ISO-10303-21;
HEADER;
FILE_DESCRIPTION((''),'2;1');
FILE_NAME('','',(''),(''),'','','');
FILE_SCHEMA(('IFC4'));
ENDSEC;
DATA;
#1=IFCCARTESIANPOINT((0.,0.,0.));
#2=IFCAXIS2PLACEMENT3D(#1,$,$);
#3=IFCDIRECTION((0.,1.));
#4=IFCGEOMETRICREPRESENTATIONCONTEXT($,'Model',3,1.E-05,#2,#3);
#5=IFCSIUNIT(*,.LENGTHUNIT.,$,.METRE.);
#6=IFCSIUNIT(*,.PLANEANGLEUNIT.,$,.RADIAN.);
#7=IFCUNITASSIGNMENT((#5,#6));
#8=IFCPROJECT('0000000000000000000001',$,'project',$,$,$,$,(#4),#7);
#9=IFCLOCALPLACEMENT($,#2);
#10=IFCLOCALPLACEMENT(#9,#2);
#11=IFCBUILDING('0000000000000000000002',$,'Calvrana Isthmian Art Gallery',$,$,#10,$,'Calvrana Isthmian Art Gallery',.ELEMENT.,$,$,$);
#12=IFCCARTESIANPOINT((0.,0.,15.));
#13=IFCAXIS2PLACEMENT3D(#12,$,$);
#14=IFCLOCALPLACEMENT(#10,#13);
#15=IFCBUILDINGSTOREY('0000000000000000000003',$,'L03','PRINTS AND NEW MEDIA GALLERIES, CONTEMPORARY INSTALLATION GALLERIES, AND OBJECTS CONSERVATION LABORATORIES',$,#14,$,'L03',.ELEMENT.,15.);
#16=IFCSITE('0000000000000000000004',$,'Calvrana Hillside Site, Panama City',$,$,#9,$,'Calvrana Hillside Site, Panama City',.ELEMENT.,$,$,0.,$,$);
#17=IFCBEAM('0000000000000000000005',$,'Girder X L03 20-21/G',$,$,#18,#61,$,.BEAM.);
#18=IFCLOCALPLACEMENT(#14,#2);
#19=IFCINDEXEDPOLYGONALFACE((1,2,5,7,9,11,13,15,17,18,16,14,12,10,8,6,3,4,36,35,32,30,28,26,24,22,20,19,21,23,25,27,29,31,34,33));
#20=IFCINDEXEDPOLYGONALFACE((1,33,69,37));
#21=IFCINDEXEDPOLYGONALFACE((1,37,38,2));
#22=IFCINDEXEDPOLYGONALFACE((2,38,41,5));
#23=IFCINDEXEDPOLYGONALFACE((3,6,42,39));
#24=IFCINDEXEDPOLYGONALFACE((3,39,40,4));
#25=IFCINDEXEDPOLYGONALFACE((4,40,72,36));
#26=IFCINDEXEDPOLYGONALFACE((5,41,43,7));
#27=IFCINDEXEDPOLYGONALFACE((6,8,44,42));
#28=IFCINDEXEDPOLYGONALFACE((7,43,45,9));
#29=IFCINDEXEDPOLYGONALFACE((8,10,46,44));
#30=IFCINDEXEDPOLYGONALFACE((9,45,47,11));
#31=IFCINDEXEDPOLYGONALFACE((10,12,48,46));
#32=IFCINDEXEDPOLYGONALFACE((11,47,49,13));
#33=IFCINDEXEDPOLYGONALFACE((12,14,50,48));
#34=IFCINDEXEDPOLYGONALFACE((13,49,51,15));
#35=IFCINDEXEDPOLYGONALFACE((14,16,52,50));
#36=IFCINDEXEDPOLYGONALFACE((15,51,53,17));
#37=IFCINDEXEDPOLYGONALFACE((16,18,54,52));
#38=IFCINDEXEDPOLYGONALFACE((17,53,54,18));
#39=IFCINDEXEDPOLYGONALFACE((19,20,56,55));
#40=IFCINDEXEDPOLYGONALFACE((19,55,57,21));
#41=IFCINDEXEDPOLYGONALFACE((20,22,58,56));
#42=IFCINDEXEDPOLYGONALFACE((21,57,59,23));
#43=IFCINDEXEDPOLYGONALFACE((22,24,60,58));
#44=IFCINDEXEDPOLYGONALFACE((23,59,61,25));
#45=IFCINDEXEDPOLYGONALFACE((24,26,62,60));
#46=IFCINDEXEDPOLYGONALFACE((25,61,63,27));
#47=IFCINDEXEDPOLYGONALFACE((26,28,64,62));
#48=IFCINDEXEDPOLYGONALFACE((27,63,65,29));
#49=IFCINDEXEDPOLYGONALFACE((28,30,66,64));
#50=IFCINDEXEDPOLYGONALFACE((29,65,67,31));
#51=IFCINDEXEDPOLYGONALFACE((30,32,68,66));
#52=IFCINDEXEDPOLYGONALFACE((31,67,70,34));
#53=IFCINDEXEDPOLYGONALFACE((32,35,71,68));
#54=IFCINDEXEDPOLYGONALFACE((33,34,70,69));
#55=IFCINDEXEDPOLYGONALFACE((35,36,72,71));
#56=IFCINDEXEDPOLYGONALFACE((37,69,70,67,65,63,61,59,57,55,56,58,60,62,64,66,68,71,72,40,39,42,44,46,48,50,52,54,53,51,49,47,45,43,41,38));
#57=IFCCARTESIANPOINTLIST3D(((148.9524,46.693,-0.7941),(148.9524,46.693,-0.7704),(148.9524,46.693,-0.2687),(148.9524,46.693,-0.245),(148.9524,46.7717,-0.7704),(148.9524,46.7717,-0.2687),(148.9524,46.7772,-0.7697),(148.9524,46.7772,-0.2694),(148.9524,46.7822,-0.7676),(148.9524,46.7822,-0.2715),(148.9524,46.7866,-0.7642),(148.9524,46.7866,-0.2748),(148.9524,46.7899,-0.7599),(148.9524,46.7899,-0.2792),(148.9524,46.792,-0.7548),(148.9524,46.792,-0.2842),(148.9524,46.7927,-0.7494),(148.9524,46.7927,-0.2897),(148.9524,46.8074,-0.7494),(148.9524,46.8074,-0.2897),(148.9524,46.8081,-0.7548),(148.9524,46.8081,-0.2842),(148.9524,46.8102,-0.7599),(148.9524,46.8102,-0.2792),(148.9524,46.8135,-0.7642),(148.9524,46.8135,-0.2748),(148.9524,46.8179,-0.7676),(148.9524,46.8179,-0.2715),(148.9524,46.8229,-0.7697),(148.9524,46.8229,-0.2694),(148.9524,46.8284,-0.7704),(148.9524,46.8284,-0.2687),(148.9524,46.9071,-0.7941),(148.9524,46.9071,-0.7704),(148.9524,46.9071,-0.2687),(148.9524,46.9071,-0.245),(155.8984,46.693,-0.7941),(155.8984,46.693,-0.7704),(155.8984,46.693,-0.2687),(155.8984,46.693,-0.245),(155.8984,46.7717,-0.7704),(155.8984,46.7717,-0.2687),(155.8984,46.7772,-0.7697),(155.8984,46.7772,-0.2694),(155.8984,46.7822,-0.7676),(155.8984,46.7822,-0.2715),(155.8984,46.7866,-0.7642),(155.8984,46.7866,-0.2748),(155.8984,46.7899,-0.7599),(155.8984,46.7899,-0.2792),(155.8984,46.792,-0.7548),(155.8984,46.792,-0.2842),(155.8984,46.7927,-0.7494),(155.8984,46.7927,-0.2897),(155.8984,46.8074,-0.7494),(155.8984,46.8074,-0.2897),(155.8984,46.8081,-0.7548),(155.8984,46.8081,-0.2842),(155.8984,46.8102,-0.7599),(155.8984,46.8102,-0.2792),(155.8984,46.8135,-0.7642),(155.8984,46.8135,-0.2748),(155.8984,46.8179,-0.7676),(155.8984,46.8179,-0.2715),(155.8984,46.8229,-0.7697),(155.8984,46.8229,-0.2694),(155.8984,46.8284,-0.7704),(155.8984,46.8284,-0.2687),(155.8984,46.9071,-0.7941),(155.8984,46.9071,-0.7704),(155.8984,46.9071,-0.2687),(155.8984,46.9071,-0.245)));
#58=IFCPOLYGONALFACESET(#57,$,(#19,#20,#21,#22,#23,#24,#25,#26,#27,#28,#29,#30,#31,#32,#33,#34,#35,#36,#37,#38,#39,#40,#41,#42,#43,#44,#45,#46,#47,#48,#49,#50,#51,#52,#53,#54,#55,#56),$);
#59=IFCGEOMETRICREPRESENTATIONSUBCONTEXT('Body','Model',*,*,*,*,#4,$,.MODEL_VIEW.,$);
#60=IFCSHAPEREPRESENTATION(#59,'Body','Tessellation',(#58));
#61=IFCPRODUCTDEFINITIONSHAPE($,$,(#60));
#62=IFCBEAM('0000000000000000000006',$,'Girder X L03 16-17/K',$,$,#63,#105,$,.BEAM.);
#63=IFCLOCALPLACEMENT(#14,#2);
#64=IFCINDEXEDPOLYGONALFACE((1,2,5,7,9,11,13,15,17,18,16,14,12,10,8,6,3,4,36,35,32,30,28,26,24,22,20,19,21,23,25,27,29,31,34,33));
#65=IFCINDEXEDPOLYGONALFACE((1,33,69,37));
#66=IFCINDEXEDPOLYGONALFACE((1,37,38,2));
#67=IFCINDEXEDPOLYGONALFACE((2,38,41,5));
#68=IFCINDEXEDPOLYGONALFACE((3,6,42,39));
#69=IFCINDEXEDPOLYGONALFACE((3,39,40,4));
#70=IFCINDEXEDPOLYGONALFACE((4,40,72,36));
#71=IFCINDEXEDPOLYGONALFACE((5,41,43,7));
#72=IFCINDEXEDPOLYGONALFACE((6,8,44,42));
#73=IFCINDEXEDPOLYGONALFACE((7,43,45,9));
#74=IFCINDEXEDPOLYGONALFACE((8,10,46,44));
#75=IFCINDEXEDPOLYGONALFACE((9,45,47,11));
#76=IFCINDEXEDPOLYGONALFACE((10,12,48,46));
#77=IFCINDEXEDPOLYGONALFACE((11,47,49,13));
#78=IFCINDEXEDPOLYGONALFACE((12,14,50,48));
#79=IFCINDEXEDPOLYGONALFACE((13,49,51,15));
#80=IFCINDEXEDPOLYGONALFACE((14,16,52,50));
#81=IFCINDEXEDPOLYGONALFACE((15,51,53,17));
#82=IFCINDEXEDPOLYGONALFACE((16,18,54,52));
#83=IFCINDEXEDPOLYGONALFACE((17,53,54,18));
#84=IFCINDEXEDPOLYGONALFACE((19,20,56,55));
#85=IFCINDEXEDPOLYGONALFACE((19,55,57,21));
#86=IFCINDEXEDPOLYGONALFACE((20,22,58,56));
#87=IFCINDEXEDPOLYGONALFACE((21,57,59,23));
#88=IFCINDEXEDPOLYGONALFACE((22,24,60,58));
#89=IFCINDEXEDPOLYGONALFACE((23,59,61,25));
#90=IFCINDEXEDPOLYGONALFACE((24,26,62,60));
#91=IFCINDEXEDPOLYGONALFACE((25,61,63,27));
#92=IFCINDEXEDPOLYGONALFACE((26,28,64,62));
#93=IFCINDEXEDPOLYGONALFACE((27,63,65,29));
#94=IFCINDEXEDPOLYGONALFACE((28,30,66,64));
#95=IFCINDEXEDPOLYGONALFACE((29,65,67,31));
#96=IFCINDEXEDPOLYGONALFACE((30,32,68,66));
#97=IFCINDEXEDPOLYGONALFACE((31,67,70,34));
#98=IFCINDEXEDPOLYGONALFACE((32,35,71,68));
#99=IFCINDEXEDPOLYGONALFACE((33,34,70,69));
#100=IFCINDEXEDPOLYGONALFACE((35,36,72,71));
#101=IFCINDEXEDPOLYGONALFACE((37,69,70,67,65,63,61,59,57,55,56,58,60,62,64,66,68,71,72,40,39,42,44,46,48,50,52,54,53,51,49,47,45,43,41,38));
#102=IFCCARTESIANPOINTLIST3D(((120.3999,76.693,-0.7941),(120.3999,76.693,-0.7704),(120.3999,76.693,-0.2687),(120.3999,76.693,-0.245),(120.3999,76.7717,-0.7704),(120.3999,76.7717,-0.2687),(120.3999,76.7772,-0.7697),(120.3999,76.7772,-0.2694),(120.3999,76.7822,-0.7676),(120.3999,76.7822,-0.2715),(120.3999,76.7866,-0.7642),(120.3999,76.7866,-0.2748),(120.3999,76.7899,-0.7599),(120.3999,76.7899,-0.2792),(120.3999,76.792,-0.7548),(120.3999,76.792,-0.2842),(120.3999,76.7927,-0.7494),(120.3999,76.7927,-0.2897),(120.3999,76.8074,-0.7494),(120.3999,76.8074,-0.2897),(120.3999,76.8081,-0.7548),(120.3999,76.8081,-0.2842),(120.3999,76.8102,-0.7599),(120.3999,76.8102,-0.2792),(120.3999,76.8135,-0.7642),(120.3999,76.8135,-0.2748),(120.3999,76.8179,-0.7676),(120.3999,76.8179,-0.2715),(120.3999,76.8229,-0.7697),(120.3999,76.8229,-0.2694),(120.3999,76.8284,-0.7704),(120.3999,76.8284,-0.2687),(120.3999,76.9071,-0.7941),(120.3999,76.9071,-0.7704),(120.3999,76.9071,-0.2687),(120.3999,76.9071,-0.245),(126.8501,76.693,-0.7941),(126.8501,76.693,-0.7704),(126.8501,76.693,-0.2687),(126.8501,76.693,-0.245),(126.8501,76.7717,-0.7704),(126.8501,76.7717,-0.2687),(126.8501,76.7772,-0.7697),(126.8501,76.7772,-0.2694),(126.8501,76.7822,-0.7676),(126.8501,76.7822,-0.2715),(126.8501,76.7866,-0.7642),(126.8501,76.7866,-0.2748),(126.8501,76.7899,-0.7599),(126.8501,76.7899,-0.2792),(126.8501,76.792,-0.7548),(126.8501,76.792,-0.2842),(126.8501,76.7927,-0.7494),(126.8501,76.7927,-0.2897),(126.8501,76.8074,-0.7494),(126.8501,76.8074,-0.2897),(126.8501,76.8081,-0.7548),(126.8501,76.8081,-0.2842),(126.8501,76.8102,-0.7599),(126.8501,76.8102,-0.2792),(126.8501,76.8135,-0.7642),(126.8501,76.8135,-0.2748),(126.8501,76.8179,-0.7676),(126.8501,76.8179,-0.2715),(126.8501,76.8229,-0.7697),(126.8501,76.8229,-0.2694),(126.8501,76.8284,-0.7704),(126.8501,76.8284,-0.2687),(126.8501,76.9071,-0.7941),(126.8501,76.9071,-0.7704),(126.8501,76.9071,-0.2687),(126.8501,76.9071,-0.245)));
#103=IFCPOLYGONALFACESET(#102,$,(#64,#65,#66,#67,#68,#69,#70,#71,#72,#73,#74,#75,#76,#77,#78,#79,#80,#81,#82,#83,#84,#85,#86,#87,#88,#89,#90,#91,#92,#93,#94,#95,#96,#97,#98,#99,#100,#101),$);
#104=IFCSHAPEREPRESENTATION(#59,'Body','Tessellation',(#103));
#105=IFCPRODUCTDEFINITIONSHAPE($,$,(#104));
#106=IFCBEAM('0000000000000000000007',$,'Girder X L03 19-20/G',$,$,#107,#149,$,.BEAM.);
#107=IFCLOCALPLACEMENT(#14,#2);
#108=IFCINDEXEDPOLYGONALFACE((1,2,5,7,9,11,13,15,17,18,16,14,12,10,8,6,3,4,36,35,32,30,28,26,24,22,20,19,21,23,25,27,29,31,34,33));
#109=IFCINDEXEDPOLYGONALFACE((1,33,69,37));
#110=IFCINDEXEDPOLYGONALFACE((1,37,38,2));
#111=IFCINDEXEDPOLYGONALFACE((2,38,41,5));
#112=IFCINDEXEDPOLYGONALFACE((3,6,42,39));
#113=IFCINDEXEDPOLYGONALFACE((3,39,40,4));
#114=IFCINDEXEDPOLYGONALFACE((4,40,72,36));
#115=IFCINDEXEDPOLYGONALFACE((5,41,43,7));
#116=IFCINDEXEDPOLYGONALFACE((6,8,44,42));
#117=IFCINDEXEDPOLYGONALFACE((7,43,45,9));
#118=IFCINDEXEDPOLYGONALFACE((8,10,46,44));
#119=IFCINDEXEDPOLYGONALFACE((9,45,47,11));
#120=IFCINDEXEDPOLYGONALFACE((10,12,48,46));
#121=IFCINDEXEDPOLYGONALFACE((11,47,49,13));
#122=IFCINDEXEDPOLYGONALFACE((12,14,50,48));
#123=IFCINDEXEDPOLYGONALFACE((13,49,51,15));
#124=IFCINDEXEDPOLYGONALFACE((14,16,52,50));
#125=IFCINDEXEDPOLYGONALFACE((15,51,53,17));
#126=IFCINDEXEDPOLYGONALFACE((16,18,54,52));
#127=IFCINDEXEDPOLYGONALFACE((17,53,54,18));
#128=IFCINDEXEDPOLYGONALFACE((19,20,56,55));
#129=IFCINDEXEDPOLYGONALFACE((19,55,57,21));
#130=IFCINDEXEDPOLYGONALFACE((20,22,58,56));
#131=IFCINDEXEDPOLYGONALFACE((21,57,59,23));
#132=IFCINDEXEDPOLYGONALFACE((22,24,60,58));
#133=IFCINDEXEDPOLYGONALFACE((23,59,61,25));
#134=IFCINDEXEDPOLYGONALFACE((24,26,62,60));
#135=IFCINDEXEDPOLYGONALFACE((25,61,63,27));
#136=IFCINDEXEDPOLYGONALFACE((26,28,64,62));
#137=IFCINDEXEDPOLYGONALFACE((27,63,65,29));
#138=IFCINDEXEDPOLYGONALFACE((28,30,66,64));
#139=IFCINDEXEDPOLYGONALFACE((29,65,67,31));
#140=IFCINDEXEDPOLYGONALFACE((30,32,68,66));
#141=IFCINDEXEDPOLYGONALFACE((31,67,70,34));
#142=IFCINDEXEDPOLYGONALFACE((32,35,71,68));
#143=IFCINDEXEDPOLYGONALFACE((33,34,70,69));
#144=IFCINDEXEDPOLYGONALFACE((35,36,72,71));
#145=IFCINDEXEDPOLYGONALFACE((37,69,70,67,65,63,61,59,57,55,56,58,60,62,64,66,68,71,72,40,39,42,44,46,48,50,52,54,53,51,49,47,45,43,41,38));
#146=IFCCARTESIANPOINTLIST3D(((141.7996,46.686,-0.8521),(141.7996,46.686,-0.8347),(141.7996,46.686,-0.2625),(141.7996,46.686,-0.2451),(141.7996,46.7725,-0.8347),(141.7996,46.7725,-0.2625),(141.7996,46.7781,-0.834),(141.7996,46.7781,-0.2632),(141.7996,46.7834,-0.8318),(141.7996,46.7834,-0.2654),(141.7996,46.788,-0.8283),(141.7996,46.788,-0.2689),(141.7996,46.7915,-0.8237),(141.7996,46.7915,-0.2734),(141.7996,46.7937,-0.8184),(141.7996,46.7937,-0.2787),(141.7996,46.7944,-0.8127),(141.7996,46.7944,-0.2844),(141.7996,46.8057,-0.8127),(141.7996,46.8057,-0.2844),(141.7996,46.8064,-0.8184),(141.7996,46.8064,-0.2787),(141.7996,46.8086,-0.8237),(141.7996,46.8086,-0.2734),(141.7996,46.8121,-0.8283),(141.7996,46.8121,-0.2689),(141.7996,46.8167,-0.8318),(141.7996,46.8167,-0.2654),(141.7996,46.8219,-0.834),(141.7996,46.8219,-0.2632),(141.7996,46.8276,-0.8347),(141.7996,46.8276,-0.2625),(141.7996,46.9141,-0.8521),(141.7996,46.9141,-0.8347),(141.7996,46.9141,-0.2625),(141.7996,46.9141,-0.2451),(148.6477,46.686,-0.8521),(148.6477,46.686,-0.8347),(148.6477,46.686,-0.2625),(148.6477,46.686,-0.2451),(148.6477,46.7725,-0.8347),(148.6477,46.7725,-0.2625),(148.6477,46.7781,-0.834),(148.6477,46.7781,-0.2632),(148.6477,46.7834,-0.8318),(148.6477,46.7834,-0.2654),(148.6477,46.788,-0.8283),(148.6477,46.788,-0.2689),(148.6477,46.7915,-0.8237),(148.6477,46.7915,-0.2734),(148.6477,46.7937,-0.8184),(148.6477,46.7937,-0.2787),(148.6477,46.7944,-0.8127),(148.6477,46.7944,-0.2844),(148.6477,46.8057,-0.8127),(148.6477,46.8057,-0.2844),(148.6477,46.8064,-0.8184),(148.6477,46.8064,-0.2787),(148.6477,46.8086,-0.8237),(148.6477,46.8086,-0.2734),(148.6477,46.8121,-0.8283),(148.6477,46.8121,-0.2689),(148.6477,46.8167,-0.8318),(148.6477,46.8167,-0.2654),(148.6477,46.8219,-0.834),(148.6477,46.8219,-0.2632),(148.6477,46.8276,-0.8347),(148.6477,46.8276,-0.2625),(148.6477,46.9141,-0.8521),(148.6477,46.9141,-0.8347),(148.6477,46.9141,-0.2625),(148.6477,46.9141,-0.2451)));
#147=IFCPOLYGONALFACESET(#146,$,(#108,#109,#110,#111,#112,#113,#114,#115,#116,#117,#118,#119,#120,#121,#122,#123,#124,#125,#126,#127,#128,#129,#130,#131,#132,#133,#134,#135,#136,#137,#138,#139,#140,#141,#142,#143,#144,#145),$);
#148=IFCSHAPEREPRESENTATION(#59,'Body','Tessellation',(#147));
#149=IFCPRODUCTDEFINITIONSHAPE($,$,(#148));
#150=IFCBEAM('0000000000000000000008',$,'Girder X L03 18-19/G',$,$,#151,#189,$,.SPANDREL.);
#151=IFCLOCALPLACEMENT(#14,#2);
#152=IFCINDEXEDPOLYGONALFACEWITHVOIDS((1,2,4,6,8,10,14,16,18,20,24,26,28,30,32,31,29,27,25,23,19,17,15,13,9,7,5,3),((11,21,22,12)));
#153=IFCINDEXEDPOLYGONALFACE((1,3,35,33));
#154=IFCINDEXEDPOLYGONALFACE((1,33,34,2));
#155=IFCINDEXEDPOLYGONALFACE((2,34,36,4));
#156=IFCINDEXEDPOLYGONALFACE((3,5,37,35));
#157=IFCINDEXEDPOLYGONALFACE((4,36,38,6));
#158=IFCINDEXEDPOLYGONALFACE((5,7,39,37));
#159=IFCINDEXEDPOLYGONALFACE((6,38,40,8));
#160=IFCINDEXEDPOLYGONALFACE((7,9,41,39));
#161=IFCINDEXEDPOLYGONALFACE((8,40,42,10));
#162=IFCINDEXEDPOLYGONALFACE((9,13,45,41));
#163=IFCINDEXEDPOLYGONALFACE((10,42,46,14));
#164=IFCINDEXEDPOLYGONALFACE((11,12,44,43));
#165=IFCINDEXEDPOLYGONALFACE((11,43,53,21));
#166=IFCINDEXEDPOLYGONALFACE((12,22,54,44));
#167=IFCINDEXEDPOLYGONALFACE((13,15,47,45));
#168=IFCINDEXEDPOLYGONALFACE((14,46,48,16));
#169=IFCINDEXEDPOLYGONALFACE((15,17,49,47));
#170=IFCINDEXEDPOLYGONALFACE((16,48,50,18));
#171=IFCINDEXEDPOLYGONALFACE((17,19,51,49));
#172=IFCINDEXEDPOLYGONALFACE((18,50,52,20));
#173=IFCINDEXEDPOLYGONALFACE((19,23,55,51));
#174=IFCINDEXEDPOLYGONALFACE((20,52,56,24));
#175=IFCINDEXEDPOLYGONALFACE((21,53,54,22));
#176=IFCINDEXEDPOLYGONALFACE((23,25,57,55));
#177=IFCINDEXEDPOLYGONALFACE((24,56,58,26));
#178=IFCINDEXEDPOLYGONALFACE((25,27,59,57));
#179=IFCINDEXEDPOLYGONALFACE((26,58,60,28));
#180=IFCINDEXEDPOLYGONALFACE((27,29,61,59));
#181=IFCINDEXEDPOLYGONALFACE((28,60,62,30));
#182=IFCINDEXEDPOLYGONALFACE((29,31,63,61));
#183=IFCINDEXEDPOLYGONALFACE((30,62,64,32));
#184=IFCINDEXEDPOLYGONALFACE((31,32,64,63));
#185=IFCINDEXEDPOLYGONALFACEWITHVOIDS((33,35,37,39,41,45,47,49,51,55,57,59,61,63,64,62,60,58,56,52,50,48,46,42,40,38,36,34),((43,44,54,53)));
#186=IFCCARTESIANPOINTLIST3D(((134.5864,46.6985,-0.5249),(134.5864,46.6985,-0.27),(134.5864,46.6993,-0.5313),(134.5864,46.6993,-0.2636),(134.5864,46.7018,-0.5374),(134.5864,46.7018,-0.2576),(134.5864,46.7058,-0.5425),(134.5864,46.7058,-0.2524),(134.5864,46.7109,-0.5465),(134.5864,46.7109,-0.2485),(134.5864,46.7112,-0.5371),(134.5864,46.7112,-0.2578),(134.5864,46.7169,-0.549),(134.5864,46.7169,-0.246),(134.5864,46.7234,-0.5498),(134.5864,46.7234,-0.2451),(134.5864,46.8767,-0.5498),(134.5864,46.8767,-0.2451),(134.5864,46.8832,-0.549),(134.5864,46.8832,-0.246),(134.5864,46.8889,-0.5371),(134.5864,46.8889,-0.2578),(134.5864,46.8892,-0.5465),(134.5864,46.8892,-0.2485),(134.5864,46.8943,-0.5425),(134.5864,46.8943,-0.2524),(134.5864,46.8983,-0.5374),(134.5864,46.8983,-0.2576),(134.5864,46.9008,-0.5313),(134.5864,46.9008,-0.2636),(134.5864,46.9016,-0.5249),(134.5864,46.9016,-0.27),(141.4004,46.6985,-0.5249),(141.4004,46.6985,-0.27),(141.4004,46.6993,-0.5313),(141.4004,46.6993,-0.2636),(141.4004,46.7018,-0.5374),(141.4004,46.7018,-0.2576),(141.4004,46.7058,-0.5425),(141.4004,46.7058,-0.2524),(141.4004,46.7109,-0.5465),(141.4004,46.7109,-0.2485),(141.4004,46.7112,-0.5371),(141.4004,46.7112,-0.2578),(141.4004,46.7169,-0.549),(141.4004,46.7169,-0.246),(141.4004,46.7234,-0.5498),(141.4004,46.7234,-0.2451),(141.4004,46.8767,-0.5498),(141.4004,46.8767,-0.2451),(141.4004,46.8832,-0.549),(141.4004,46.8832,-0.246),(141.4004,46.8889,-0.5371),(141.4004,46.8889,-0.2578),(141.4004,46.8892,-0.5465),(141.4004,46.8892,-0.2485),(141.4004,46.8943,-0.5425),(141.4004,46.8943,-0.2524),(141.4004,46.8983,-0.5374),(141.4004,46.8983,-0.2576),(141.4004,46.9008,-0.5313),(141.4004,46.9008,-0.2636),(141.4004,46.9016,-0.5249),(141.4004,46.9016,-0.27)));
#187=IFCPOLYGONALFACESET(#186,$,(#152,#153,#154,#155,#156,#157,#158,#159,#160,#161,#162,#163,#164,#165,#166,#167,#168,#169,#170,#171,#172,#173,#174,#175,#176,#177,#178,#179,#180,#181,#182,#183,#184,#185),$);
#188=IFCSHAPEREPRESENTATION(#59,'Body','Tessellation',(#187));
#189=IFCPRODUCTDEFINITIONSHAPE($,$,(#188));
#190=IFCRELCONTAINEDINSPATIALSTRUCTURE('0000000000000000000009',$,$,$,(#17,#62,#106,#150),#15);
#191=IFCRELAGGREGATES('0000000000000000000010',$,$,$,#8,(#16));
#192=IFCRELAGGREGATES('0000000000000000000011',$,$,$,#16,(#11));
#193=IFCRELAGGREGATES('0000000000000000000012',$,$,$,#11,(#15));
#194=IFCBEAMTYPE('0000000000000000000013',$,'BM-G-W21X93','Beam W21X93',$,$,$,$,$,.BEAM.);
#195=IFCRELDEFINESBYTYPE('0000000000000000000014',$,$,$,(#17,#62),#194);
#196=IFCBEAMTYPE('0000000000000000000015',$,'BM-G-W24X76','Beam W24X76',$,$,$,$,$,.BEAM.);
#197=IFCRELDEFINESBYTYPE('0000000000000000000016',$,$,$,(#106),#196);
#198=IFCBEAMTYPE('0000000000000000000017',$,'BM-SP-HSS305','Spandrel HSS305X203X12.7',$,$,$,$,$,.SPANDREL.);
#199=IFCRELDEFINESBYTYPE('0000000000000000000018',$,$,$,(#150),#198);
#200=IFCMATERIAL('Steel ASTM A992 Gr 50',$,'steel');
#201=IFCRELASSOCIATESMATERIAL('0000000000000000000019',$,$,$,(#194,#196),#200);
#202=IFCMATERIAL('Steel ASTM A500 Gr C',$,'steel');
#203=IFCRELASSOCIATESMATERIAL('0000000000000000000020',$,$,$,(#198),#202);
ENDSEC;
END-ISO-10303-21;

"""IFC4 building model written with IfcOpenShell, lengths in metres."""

from ifc_helpers import new_model, si_unit, direction, frame, origin, origin_2d, place, context, subcontext, project, spatial, hollow_rectangle, i_section, extrude, material, material_profile, profile_set, type_object, element, save


model = new_model("IFC4")

# Units and contexts
model_context = context("Model", 3, precision=1e-05, world=origin(), true_north=direction((0.0, 1.0)))
body_context = subcontext(model_context, "Body", "Model", "MODEL_VIEW")
ifc_project = project(units=[si_unit("LENGTHUNIT", "METRE"), si_unit("PLANEANGLEUNIT", "RADIAN")], contexts=[model_context])

# Site, building, storey
site_placement = place(None, origin())
site = spatial("IfcSite", under=ifc_project, at=site_placement, Name="Calvrana Hillside Site, Panama City", LongName="Calvrana Hillside Site, Panama City", CompositionType="ELEMENT", RefElevation=0.0)
building_placement = place(site_placement, origin())
building = spatial("IfcBuilding", under=site, at=building_placement, Name="Calvrana Isthmian Art Gallery", LongName="Calvrana Isthmian Art Gallery", CompositionType="ELEMENT")
storey_placement = place(building_placement, frame((0.0, 0.0, 15.0)))
storey = spatial("IfcBuildingStorey", under=building, at=storey_placement, Name="L03", Description="PRINTS AND NEW MEDIA GALLERIES, CONTEMPORARY INSTALLATION GALLERIES, AND OBJECTS CONSERVATION LABORATORIES", LongName="L03", CompositionType="ELEMENT", Elevation=15.0)

# Shared definitions
ifc_material_1 = material(Name="Steel ASTM A992 Gr 50", Category="steel")

# Beams
ifc_material_profile_1 = material_profile(ifc_material_1, i_section(OverallWidth=0.2141, OverallDepth=0.5491, WebThickness=0.0146, FlangeThickness=0.0237, FilletRadius=0.021, at=origin_2d()), Name="W21X93")
ifc_profile_set_1 = profile_set([ifc_material_profile_1], Name="Steel ASTM A992 Gr 50")
beam_type_1 = type_object("IfcBeamType", Name="BM-G-W21X93", Description="Beam W21X93", PredefinedType="BEAM", material=ifc_profile_set_1)
beam_1_placement = place(storey_placement, frame((148.9524, 46.8, -0.5195), z_axis=(1.0, 0.0, 0.0), x_axis=(0.0, 1.0, 0.0)))
element("IfcBeam", 1, at=beam_1_placement, inside=storey, type_object=beam_type_1, Name="Girder X L03 20-21/G", PredefinedType="BEAM", context=body_context, shape_type="SweptSolid", body=[
    extrude(i_section(OverallWidth=0.2141, OverallDepth=0.5491, WebThickness=0.0146, FlangeThickness=0.0237, FilletRadius=0.021, at=origin_2d()), origin(), (0.0, 0.0, 1.0), 6.946),
])
beam_2_placement = place(storey_placement, frame((120.3999, 76.8, -0.5195), z_axis=(1.0, 0.0, 0.0), x_axis=(0.0, 1.0, 0.0)))
element("IfcBeam", 2, at=beam_2_placement, inside=storey, type_object=beam_type_1, Name="Girder X L03 16-17/K", PredefinedType="BEAM", context=body_context, shape_type="SweptSolid", body=[
    extrude(i_section(OverallWidth=0.2141, OverallDepth=0.5491, WebThickness=0.0146, FlangeThickness=0.0237, FilletRadius=0.021, at=origin_2d()), origin(), (0.0, 0.0, 1.0), 6.4502),
])
ifc_material_profile_2 = material_profile(ifc_material_1, i_section(OverallWidth=0.228, OverallDepth=0.6069, WebThickness=0.0112, FlangeThickness=0.0173, FilletRadius=0.022, at=origin_2d()), Name="W24X76")
ifc_profile_set_2 = profile_set([ifc_material_profile_2], Name="Steel ASTM A992 Gr 50")
beam_type_2 = type_object("IfcBeamType", Name="BM-G-W24X76", Description="Beam W24X76", PredefinedType="BEAM", material=ifc_profile_set_2)
beam_3_placement = place(storey_placement, frame((141.7996, 46.8, -0.5486), z_axis=(1.0, 0.0, 0.0), x_axis=(0.0, 1.0, 0.0)))
element("IfcBeam", 3, at=beam_3_placement, inside=storey, type_object=beam_type_2, Name="Girder X L03 19-20/G", PredefinedType="BEAM", context=body_context, shape_type="SweptSolid", body=[
    extrude(i_section(OverallWidth=0.228, OverallDepth=0.6069, WebThickness=0.0112, FlangeThickness=0.0173, FilletRadius=0.022, at=origin_2d()), origin(), (0.0, 0.0, 1.0), 6.8481),
])
ifc_material_2 = material(Name="Steel ASTM A500 Gr C", Category="steel")
ifc_material_profile_3 = material_profile(ifc_material_2, hollow_rectangle(XDim=0.2031, YDim=0.3047, WallThickness=0.0127, OuterFilletRadius=0.0249, at=origin_2d()), Name="HSS305X203X12.7")
ifc_profile_set_3 = profile_set([ifc_material_profile_3], Name="Steel ASTM A500 Gr C")
beam_type_3 = type_object("IfcBeamType", Name="BM-SP-HSS305", Description="Spandrel HSS305X203X12.7", PredefinedType="SPANDREL", material=ifc_profile_set_3)
beam_4_placement = place(storey_placement, frame((134.5864, 46.8, -0.3975), z_axis=(1.0, 0.0, 0.0), x_axis=(0.0, 1.0, 0.0)))
element("IfcBeam", 4, at=beam_4_placement, inside=storey, type_object=beam_type_3, Name="Girder X L03 18-19/G", PredefinedType="SPANDREL", context=body_context, shape_type="SweptSolid", body=[
    extrude(hollow_rectangle(XDim=0.2031, YDim=0.3047, WallThickness=0.0127, OuterFilletRadius=0.0249, at=origin_2d()), origin(), (0.0, 0.0, 1.0), 6.814),
])

save(model, "model.ifc")
